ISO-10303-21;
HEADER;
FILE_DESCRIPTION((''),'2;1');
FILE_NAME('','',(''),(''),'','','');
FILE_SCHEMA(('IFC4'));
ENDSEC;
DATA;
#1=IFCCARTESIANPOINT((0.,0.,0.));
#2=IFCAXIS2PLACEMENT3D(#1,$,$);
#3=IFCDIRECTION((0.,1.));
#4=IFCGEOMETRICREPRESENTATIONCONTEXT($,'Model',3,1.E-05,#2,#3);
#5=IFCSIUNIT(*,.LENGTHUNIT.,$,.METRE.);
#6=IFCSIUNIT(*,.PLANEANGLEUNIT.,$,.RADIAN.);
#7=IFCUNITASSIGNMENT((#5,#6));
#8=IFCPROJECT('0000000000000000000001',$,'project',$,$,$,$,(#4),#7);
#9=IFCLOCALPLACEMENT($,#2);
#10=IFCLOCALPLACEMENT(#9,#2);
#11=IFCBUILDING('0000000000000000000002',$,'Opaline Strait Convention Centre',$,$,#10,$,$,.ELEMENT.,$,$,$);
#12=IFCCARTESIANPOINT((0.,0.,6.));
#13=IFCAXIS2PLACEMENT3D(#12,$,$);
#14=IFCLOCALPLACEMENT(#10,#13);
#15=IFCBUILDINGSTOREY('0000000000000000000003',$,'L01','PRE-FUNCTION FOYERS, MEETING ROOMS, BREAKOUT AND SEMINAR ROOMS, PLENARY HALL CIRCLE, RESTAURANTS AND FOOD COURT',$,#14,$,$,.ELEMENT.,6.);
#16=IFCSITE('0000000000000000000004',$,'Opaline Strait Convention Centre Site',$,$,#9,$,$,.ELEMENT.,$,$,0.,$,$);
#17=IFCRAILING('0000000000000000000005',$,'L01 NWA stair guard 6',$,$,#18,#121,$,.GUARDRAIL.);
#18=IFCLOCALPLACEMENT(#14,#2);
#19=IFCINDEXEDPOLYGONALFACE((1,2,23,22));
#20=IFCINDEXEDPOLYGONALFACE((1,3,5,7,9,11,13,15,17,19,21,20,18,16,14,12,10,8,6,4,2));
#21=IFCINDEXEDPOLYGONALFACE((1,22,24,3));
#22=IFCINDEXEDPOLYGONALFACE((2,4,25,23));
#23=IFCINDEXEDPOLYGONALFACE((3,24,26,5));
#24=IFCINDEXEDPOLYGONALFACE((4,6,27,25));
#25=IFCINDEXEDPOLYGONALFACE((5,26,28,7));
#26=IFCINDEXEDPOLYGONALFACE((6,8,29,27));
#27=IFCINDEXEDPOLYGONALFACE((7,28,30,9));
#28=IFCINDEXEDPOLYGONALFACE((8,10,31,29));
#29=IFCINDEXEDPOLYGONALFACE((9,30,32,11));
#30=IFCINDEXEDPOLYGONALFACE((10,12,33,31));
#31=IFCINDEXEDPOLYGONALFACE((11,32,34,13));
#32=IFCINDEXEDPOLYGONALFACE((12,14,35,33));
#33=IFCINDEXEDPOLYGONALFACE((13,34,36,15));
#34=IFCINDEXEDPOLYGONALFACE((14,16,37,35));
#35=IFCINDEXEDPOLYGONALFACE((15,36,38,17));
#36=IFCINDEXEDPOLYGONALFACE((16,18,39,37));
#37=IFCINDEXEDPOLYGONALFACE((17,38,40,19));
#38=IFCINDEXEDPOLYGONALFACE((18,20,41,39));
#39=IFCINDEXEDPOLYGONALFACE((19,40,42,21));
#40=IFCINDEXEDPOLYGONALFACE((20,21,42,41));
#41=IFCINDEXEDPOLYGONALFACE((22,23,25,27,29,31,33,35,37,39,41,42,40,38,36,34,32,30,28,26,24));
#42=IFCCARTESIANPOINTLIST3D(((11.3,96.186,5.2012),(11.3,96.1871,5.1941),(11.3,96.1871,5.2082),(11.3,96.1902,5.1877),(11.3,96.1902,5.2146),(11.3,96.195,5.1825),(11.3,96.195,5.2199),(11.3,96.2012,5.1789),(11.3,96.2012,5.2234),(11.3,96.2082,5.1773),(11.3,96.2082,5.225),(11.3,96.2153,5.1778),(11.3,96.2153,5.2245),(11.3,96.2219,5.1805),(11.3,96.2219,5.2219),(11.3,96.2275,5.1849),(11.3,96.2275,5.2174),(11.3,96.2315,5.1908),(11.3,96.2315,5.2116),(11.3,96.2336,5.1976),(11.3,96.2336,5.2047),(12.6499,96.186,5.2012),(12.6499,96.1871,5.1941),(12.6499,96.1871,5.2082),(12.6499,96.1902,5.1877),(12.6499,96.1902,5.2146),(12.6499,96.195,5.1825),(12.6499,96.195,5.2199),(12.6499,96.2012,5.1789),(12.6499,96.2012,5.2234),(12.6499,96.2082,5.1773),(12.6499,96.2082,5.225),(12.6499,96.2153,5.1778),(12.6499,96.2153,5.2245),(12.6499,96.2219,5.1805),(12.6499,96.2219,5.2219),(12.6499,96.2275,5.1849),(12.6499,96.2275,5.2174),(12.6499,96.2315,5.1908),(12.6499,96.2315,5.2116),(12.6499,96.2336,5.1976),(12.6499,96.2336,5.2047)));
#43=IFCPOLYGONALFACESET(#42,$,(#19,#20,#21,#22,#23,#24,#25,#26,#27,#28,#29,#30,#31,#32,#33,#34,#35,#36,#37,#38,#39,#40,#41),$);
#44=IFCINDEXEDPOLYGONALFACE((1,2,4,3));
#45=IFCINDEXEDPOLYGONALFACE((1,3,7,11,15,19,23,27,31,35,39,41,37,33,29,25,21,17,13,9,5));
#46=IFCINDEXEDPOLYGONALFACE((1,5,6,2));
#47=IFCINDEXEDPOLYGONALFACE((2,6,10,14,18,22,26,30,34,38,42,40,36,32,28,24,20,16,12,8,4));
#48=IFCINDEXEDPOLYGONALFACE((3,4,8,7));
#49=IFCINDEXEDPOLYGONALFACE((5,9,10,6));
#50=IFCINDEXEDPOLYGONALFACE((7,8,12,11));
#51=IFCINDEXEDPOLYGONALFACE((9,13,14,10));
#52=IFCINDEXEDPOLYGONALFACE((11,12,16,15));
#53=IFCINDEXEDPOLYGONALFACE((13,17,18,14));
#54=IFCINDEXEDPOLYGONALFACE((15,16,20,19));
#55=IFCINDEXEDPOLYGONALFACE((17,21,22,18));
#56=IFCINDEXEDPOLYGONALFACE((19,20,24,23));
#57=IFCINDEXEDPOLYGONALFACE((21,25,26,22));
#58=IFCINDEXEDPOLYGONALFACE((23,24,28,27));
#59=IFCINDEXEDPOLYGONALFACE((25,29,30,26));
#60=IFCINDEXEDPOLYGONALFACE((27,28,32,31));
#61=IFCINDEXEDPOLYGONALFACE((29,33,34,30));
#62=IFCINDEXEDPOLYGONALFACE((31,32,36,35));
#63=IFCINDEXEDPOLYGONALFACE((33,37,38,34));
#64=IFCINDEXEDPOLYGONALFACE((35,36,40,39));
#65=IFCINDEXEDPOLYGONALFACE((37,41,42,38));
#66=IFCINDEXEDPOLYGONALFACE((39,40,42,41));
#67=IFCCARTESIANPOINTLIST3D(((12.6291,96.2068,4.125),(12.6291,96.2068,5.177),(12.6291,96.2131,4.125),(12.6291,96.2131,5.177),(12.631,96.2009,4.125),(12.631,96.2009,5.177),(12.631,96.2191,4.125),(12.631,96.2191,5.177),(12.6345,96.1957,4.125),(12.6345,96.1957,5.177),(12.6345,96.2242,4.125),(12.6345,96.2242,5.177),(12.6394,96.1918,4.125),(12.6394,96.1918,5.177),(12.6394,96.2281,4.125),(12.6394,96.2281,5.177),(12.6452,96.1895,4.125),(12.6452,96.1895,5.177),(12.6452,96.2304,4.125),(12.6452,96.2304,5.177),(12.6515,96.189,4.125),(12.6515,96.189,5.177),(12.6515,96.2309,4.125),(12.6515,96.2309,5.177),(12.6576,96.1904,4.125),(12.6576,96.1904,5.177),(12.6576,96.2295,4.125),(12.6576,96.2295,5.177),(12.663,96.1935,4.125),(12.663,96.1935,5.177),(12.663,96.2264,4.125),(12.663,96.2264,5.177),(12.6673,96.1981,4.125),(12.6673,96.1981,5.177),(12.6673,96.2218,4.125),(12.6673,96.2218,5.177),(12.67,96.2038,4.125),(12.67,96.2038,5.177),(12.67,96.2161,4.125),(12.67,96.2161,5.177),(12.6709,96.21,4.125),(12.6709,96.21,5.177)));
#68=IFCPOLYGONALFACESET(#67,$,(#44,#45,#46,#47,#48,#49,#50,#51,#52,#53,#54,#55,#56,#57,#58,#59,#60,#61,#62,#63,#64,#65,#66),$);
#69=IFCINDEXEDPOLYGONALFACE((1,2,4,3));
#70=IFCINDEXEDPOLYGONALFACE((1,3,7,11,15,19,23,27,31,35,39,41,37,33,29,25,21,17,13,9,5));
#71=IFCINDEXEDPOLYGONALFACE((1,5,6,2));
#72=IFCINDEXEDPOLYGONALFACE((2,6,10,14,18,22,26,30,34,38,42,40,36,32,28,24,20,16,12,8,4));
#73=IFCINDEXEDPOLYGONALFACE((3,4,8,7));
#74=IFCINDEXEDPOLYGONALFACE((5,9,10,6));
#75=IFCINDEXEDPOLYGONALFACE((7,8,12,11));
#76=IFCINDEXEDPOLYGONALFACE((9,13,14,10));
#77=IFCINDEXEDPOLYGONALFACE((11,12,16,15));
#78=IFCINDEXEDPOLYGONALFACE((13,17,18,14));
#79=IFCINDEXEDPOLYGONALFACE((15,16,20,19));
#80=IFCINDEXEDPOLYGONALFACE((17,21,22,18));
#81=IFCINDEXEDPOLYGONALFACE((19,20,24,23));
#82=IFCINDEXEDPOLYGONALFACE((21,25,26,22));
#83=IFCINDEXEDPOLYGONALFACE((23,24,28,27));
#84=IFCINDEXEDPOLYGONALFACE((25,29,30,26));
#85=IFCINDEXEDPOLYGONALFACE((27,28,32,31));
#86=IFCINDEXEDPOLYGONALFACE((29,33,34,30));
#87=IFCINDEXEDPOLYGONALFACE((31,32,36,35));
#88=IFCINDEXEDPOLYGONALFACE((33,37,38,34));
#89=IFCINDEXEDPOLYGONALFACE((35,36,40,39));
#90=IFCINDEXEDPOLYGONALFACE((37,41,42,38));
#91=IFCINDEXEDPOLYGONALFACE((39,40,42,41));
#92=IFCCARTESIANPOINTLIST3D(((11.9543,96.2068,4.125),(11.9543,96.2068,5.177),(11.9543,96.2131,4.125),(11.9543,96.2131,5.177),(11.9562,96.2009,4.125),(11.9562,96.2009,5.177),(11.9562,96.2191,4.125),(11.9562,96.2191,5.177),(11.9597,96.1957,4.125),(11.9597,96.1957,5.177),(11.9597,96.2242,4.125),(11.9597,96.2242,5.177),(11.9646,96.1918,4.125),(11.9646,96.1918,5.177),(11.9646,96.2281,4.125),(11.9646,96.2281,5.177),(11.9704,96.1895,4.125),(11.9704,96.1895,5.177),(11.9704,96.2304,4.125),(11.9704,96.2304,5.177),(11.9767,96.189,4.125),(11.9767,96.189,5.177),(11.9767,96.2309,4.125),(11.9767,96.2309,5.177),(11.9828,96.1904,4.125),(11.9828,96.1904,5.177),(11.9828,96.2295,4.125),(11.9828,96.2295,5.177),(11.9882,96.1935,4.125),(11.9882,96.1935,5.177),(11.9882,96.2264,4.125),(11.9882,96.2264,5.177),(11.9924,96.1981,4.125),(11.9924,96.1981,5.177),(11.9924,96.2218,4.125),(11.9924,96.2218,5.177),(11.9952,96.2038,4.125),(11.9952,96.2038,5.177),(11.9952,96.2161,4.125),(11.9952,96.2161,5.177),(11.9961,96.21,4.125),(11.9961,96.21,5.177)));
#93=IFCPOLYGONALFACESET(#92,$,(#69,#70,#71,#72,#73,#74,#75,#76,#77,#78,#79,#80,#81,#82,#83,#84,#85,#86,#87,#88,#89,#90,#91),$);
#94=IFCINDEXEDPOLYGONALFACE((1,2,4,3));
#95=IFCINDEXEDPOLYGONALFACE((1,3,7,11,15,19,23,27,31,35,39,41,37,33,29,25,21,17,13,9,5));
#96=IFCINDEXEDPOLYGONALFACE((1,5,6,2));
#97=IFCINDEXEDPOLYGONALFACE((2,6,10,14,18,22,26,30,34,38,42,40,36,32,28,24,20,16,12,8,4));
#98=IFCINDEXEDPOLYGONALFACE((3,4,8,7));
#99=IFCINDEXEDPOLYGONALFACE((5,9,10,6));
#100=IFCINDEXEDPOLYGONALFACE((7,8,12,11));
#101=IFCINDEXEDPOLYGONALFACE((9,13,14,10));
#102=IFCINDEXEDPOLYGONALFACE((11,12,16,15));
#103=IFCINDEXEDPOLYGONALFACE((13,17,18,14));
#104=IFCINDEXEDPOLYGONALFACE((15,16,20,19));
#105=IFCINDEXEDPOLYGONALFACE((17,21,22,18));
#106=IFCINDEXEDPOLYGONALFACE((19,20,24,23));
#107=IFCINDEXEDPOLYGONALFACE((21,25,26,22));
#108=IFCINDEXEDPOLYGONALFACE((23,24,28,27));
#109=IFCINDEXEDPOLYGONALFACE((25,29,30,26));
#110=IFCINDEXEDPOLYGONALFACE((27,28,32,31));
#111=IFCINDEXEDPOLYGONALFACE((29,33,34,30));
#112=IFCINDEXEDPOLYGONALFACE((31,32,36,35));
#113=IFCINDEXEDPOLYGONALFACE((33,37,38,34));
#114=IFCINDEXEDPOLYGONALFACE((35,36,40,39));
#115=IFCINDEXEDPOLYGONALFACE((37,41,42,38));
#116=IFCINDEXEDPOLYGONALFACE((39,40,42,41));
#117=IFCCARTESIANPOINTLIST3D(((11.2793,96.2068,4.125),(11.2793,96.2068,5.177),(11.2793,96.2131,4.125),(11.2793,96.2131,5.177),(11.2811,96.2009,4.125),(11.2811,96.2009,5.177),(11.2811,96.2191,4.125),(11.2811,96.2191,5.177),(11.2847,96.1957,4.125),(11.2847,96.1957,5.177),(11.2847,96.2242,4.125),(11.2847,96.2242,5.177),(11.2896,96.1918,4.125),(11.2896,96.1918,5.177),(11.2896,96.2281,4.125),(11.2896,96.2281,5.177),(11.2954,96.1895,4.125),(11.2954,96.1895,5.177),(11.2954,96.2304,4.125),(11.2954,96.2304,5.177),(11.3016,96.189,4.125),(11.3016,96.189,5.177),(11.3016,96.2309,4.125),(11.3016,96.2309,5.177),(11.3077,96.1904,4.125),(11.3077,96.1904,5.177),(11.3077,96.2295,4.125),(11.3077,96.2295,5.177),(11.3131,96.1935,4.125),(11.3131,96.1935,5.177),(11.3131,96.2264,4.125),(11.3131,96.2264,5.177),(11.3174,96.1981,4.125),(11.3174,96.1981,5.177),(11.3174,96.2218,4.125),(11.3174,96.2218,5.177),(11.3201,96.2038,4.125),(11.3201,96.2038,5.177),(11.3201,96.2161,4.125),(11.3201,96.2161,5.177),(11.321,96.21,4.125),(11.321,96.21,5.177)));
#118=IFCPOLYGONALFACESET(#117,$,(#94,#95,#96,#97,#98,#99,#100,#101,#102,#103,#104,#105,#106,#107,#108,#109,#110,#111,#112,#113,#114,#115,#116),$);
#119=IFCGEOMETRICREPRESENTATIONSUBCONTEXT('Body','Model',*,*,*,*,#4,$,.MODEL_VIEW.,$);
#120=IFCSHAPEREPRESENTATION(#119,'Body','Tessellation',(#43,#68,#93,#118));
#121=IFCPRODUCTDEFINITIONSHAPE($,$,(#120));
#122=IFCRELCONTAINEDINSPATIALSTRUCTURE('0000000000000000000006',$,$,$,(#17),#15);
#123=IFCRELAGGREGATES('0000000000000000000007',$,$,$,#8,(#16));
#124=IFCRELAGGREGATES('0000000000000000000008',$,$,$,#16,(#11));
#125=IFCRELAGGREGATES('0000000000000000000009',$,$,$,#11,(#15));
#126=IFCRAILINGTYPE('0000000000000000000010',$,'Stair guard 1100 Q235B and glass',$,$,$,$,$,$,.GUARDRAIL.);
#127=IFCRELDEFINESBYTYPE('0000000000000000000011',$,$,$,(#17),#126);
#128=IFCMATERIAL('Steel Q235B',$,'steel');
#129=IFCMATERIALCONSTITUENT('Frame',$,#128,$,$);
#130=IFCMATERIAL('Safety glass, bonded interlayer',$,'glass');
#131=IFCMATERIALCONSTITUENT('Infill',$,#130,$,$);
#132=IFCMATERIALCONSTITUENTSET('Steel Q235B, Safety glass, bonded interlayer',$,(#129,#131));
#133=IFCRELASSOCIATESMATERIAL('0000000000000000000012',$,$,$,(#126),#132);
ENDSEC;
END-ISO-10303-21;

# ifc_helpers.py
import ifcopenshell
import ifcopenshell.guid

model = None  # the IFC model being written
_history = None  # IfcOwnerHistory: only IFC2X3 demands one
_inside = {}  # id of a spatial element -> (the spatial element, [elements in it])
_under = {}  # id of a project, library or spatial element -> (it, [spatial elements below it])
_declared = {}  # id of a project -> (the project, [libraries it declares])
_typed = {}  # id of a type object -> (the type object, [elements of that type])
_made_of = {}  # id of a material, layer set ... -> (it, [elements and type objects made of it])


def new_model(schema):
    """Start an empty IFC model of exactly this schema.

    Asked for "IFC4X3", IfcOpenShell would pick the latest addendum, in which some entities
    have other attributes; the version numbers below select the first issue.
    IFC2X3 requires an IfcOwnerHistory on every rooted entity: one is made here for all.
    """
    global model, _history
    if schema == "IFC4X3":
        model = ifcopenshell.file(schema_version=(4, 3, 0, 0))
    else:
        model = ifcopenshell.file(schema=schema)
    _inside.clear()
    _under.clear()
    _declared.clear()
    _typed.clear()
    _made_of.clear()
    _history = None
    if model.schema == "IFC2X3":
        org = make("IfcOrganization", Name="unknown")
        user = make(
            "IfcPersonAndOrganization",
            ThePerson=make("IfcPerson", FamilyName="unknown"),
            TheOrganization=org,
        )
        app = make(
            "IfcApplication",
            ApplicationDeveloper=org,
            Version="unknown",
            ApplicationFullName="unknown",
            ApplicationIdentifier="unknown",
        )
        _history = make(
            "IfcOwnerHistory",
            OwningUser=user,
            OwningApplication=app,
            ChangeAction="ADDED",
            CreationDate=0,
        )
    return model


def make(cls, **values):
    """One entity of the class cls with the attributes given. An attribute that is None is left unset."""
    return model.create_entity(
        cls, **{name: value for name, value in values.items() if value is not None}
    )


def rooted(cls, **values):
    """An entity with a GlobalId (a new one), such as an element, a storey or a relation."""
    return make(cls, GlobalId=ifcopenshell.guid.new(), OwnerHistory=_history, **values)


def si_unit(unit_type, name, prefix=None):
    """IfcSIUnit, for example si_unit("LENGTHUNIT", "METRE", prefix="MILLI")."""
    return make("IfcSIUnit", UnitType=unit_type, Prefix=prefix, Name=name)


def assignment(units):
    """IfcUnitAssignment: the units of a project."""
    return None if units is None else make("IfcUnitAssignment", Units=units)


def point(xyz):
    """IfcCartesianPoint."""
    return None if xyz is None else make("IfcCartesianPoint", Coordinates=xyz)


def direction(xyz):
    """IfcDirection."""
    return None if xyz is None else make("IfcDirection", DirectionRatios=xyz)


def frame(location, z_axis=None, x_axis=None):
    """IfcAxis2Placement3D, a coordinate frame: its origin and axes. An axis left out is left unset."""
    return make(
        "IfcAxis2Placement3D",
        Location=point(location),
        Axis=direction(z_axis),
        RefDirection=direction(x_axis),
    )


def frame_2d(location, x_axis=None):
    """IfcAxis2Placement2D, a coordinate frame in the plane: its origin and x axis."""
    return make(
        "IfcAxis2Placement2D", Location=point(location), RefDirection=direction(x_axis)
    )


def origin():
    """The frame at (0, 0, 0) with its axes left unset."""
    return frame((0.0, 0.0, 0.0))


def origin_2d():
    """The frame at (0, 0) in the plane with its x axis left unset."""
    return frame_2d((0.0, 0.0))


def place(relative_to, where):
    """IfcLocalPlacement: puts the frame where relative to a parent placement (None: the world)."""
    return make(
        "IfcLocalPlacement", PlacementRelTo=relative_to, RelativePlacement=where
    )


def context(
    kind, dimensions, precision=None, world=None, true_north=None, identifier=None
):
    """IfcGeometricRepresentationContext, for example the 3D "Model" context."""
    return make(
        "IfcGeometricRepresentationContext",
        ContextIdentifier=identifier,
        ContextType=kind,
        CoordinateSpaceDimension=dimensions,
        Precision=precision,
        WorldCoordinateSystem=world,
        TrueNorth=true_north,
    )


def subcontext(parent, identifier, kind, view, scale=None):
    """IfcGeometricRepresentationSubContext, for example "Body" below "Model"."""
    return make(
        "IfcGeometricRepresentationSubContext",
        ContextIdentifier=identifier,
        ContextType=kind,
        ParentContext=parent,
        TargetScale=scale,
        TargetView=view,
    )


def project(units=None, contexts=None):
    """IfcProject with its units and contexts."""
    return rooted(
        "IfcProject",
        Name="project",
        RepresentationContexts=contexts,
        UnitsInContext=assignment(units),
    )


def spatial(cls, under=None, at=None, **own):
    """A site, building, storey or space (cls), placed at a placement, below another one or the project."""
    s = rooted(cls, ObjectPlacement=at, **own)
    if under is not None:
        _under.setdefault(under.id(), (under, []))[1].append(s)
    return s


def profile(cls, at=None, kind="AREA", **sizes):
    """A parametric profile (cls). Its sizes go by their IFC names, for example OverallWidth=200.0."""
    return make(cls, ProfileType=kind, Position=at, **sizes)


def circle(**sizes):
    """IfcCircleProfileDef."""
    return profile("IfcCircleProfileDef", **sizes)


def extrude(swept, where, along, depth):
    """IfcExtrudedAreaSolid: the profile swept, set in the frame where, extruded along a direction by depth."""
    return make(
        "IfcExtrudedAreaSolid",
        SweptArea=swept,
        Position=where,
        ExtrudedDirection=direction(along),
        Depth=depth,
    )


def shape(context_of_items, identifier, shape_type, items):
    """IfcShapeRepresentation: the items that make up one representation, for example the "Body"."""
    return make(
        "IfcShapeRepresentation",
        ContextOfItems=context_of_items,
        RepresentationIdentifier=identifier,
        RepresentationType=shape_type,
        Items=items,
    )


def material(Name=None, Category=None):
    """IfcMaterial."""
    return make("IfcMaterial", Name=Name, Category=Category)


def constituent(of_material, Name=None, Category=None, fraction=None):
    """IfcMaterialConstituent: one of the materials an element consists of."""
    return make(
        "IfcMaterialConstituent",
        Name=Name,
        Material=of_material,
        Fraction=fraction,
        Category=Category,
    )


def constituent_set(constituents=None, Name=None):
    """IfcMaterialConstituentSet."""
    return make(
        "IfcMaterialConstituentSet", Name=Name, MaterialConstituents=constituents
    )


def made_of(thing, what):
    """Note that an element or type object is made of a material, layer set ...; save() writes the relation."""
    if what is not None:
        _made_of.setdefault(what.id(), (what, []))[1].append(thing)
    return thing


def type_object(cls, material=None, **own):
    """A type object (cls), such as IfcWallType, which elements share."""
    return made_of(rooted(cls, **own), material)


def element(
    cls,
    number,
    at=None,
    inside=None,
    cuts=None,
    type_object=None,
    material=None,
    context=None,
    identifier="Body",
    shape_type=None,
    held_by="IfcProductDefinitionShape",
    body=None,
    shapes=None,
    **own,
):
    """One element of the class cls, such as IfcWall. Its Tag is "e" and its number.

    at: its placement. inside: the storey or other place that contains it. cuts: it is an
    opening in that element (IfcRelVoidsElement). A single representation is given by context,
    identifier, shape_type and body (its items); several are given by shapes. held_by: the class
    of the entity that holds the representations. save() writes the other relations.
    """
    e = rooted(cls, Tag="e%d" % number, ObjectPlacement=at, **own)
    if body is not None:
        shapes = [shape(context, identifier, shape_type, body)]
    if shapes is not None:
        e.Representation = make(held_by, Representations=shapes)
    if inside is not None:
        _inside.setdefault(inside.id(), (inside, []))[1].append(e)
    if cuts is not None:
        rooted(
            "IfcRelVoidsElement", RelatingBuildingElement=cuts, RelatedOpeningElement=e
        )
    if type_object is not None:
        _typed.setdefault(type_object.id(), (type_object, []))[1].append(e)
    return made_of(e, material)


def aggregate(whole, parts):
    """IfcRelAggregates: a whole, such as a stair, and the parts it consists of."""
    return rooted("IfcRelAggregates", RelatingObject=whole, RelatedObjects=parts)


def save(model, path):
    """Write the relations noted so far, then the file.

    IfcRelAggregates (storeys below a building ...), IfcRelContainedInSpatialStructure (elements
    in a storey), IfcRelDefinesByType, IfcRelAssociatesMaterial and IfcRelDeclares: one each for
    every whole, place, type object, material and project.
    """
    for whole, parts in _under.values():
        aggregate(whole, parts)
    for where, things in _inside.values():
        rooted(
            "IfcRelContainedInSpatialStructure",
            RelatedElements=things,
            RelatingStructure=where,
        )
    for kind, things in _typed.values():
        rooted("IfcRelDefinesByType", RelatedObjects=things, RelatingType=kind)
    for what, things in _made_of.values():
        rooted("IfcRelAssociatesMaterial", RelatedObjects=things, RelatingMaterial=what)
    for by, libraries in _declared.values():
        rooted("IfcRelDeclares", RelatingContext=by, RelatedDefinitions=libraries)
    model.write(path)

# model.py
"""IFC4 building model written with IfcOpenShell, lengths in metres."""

from ifc_helpers import new_model, si_unit, direction, frame, origin, origin_2d, place, context, subcontext, project, spatial, circle, extrude, material, constituent, constituent_set, type_object, element, save


model = new_model("IFC4")

# Units and contexts
model_context = context("Model", 3, precision=1e-05, world=origin(), true_north=direction((0.0, 1.0)))
body_context = subcontext(model_context, "Body", "Model", "MODEL_VIEW")
ifc_project = project(units=[si_unit("LENGTHUNIT", "METRE"), si_unit("PLANEANGLEUNIT", "RADIAN")], contexts=[model_context])

# Site, building, storey
site_placement = place(None, origin())
site = spatial("IfcSite", under=ifc_project, at=site_placement, Name="Opaline Strait Convention Centre Site", CompositionType="ELEMENT", RefElevation=0.0)
building_placement = place(site_placement, origin())
building = spatial("IfcBuilding", under=site, at=building_placement, Name="Opaline Strait Convention Centre", CompositionType="ELEMENT")
storey_placement = place(building_placement, frame((0.0, 0.0, 6.0)))
storey = spatial("IfcBuildingStorey", under=building, at=storey_placement, Name="L01", Description="PRE-FUNCTION FOYERS, MEETING ROOMS, BREAKOUT AND SEMINAR ROOMS, PLENARY HALL CIRCLE, RESTAURANTS AND FOOD COURT", CompositionType="ELEMENT", Elevation=6.0)

# Railing
ifc_material_1 = material(Name="Steel Q235B", Category="steel")
ifc_constituent_1 = constituent(ifc_material_1, Name="Frame")
ifc_material_2 = material(Name="Safety glass, bonded interlayer", Category="glass")
ifc_constituent_2 = constituent(ifc_material_2, Name="Infill")
ifc_constituent_set = constituent_set(constituents=[ifc_constituent_1, ifc_constituent_2], Name="Steel Q235B, Safety glass, bonded interlayer")
railing_type_1 = type_object("IfcRailingType", Name="Stair guard 1100 Q235B and glass", PredefinedType="GUARDRAIL", material=ifc_constituent_set)
railing_1_placement = place(storey_placement, frame((12.6499, 96.21, 4.125)))
element("IfcRailing", 1, at=railing_1_placement, inside=storey, type_object=railing_type_1, Name="L01 NWA stair guard 6", PredefinedType="GUARDRAIL", context=body_context, shape_type="SweptSolid", body=[
    extrude(circle(Radius=0.0239, at=origin_2d()), frame((0.0, 0.0, 1.0762), z_axis=(-1.0, 0.0, 0.0), x_axis=(0.0, -1.0, 0.0)), (0.0, 0.0, 1.0), 1.3499),
    extrude(circle(Radius=0.021, at=origin_2d()), origin(), (0.0, 0.0, 1.0), 1.052),
    extrude(circle(Radius=0.021, at=origin_2d()), frame((-0.6748, 0.0, 0.0)), (0.0, 0.0, 1.0), 1.052),
    extrude(circle(Radius=0.021, at=origin_2d()), frame((-1.3499, 0.0, 0.0)), (0.0, 0.0, 1.0), 1.052),
])

save(model, "model.ifc")
